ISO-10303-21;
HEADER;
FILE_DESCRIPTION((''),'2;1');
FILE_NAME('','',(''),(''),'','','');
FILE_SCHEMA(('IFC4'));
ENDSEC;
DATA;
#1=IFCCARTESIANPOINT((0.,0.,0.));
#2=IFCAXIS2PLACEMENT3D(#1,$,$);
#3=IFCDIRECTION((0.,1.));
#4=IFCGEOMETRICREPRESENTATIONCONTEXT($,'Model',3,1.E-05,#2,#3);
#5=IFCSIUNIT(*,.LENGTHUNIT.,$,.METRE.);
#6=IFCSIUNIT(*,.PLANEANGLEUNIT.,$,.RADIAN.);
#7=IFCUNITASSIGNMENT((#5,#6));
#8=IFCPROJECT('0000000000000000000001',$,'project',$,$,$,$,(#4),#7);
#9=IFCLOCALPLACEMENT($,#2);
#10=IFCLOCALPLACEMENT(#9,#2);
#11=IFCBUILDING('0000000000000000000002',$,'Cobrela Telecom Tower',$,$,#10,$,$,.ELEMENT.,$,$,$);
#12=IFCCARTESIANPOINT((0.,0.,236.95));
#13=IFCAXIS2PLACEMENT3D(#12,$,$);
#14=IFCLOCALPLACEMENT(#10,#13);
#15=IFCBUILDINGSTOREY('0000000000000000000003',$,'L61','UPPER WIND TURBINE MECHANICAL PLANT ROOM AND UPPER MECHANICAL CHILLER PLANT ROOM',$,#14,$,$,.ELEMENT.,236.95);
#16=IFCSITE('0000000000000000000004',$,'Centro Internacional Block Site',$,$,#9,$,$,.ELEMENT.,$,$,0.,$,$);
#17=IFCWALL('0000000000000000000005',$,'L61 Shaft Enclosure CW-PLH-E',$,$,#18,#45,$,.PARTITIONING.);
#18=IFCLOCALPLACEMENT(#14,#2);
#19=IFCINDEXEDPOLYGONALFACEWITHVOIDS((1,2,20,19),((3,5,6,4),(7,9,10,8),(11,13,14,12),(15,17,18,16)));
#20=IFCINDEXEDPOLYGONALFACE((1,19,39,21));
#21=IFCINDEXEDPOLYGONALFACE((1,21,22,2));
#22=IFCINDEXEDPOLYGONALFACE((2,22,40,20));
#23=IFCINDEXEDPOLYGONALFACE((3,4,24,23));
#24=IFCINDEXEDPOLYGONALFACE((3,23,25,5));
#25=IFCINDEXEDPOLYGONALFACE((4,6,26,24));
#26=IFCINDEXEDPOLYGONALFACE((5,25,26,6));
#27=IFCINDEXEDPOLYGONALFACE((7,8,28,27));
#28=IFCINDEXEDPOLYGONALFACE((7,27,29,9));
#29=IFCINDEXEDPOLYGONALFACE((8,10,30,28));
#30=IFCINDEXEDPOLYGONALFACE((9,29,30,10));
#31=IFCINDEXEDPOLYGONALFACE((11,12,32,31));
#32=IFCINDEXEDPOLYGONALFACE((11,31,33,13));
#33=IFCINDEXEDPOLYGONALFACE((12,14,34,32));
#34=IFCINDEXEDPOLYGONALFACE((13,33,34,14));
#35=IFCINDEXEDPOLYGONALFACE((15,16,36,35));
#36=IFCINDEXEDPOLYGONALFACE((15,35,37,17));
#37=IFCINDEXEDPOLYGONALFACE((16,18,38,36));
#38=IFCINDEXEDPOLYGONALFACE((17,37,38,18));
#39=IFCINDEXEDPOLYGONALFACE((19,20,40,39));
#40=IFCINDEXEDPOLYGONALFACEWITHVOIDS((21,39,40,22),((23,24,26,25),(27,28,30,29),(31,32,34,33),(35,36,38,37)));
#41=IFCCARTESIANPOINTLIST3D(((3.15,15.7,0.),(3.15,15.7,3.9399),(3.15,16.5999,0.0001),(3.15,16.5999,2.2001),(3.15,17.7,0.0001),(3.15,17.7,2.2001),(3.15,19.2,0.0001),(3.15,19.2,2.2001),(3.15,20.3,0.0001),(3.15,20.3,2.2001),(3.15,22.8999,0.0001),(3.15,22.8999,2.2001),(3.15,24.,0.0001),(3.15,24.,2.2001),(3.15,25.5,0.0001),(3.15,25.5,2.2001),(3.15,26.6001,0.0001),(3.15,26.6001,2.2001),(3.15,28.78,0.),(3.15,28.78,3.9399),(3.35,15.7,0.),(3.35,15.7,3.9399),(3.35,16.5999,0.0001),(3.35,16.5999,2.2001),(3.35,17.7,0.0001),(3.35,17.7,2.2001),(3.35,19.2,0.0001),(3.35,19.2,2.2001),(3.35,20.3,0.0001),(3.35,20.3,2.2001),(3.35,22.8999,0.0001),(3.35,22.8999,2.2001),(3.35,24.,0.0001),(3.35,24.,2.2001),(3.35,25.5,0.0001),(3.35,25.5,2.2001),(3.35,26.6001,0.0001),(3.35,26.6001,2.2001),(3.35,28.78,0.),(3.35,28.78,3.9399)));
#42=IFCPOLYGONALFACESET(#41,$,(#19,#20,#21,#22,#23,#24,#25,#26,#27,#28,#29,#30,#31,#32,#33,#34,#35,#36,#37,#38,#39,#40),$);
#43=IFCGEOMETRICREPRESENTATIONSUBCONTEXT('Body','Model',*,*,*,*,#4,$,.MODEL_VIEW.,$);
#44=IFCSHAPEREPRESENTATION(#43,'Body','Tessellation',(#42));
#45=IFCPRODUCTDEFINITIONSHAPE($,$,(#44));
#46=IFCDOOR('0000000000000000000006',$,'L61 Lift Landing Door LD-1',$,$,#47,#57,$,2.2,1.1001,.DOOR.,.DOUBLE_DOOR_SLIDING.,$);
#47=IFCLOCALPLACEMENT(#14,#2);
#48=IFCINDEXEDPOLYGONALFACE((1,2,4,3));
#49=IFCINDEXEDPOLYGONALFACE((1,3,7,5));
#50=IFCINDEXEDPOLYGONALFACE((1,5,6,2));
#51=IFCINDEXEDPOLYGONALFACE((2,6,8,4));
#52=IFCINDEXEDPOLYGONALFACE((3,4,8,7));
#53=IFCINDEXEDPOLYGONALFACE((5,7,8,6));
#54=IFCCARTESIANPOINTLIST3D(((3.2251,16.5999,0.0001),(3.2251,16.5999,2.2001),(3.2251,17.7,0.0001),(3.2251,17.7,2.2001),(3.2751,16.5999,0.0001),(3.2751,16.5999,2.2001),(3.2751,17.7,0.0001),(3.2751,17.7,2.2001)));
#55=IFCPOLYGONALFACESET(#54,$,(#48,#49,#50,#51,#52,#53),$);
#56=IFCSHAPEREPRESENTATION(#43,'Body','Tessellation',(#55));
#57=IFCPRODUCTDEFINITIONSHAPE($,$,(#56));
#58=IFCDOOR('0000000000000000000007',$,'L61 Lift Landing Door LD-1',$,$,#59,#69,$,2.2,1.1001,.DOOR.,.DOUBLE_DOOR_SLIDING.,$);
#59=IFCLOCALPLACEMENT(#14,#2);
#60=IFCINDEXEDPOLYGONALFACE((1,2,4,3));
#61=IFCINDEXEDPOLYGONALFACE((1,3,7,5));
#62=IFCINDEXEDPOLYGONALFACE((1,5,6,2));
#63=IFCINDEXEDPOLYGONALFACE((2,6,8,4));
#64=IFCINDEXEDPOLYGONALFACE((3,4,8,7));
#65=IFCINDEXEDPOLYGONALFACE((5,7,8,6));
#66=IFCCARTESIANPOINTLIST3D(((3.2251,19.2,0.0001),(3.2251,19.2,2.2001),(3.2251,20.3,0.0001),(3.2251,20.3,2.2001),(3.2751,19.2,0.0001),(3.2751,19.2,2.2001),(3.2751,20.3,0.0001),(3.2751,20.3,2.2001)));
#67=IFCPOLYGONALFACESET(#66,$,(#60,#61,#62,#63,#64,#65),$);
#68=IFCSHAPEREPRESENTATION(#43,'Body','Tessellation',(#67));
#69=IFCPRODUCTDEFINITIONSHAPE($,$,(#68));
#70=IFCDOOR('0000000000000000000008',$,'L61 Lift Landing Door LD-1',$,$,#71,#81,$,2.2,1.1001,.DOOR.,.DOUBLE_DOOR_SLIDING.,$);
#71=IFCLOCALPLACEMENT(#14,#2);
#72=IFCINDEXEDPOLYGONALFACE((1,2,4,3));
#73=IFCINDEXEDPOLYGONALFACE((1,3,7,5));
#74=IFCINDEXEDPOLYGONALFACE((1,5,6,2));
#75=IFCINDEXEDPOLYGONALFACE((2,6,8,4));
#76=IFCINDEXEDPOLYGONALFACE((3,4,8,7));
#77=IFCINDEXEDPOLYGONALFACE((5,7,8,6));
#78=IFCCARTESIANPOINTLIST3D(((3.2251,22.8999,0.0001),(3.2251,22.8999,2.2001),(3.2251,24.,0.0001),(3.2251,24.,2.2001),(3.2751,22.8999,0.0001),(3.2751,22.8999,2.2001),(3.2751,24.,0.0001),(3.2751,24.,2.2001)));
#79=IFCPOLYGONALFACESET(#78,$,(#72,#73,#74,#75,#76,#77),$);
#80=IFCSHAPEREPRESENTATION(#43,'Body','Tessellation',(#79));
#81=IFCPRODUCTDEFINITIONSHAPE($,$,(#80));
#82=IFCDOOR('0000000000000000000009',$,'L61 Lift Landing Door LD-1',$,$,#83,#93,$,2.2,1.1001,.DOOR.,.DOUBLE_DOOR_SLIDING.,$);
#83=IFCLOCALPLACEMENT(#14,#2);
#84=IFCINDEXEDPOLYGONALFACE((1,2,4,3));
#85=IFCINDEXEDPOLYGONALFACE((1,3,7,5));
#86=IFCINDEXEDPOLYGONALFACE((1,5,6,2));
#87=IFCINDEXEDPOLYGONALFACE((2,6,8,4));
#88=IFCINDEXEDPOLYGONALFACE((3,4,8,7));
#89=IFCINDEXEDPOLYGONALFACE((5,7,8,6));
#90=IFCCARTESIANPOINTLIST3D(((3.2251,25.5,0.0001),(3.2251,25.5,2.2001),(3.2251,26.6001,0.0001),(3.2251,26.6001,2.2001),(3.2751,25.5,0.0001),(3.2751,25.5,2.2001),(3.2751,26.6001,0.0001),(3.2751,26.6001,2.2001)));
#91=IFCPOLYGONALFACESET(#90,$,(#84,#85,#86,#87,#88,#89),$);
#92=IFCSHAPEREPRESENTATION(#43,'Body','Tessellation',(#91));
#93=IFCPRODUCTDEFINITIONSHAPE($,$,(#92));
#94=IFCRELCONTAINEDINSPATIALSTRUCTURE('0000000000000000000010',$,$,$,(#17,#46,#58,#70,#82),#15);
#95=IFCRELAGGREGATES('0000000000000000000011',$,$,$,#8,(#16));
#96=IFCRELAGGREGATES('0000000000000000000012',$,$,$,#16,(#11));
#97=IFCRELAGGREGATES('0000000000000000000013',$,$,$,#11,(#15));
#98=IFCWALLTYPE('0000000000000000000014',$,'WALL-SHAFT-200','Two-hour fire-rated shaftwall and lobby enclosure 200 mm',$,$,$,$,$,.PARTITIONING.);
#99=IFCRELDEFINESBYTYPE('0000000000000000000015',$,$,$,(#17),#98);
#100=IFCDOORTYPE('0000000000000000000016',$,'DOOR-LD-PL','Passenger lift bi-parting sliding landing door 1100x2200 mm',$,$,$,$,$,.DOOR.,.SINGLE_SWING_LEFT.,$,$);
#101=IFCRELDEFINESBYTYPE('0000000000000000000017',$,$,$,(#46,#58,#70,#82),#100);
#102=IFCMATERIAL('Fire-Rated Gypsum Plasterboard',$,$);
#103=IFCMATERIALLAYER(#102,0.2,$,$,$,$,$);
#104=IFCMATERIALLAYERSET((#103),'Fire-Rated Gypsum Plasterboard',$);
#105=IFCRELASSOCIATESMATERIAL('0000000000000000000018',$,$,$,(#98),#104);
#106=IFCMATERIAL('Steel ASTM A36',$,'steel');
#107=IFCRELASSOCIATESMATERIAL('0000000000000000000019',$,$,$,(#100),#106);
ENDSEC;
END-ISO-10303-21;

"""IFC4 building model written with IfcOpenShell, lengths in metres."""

from ifc_helpers import new_model, si_unit, direction, frame, frame_2d, origin, place, context, subcontext, project, spatial, rectangle, extrude, material, layer, layer_set, type_object, element, fill, save


model = new_model("IFC4")

# Units and contexts
model_context = context("Model", 3, precision=1e-05, world=origin(), true_north=direction((0.0, 1.0)))
body_context = subcontext(model_context, "Body", "Model", "MODEL_VIEW")
ifc_project = project(units=[si_unit("LENGTHUNIT", "METRE"), si_unit("PLANEANGLEUNIT", "RADIAN")], contexts=[model_context])

# Site, building, storey
site_placement = place(None, origin())
site = spatial("IfcSite", under=ifc_project, at=site_placement, Name="Centro Internacional Block Site", CompositionType="ELEMENT", RefElevation=0.0)
building_placement = place(site_placement, origin())
building = spatial("IfcBuilding", under=site, at=building_placement, Name="Cobrela Telecom Tower", CompositionType="ELEMENT")
storey_placement = place(building_placement, frame((0.0, 0.0, 236.95)))
storey = spatial("IfcBuildingStorey", under=building, at=storey_placement, Name="L61", Description="UPPER WIND TURBINE MECHANICAL PLANT ROOM AND UPPER MECHANICAL CHILLER PLANT ROOM", CompositionType="ELEMENT", Elevation=236.95)

# Shared definitions
ifc_material_1 = material(Name="Fire-Rated Gypsum Plasterboard")

# Shared definitions
ifc_layer_1 = layer(ifc_material_1, 0.2)
ifc_layer_set_1 = layer_set([ifc_layer_1], Name="Fire-Rated Gypsum Plasterboard")
wall_type_1 = type_object("IfcWallType", Name="WALL-SHAFT-200", Description="Two-hour fire-rated shaftwall and lobby enclosure 200 mm", PredefinedType="PARTITIONING", material=ifc_layer_set_1)

# Wall, openings, doors
wall_1_placement = place(storey_placement, frame((3.25, 15.7, 0.0), z_axis=(0.0, 0.0, 1.0), x_axis=(0.0, 1.0, 0.0)))
wall_1 = element("IfcWall", 1, at=wall_1_placement, inside=storey, type_object=wall_type_1, Name="L61 Shaft Enclosure CW-PLH-E", PredefinedType="PARTITIONING", context=body_context, shape_type="SweptSolid", body=[
    extrude(rectangle(XDim=13.0801, YDim=0.2, at=frame_2d((6.54, 0.0))), origin(), (0.0, 0.0, 1.0), 3.9399),
])
opening_1_placement = place(wall_1_placement, frame((0.8999, 0.0, 0.0)))
opening_1 = element("IfcOpeningElement", 2, at=opening_1_placement, cuts=wall_1, PredefinedType="OPENING", context=body_context, shape_type="SweptSolid", body=[
    extrude(rectangle(XDim=1.1001, YDim=2.2, at=frame_2d((0.55, 1.1001))), frame((0.0, 0.1118, 0.0), z_axis=(0.0, -1.0, 0.0), x_axis=(1.0, 0.0, 0.0)), (0.0, 0.0, 1.0), 0.2239),
])
opening_2_placement = place(wall_1_placement, frame((3.5, 0.0, 0.0)))
opening_2 = element("IfcOpeningElement", 3, at=opening_2_placement, cuts=wall_1, PredefinedType="OPENING", context=body_context, shape_type="SweptSolid", body=[
    extrude(rectangle(XDim=1.1001, YDim=2.2, at=frame_2d((0.55, 1.1001))), frame((0.0, 0.1118, 0.0), z_axis=(0.0, -1.0, 0.0), x_axis=(1.0, 0.0, 0.0)), (0.0, 0.0, 1.0), 0.2239),
])
opening_3_placement = place(wall_1_placement, frame((7.2, 0.0, 0.0)))
opening_3 = element("IfcOpeningElement", 4, at=opening_3_placement, cuts=wall_1, PredefinedType="OPENING", context=body_context, shape_type="SweptSolid", body=[
    extrude(rectangle(XDim=1.1001, YDim=2.2, at=frame_2d((0.55, 1.1001))), frame((0.0, 0.1118, 0.0), z_axis=(0.0, -1.0, 0.0), x_axis=(1.0, 0.0, 0.0)), (0.0, 0.0, 1.0), 0.2239),
])
opening_4_placement = place(wall_1_placement, frame((9.8, 0.0, 0.0)))
opening_4 = element("IfcOpeningElement", 5, at=opening_4_placement, cuts=wall_1, PredefinedType="OPENING", context=body_context, shape_type="SweptSolid", body=[
    extrude(rectangle(XDim=1.1001, YDim=2.2, at=frame_2d((0.55, 1.1001))), frame((0.0, 0.1118, 0.0), z_axis=(0.0, -1.0, 0.0), x_axis=(1.0, 0.0, 0.0)), (0.0, 0.0, 1.0), 0.2239),
])
ifc_material_2 = material(Name="Steel ASTM A36", Category="steel")
door_type_1 = type_object("IfcDoorType", Name="DOOR-LD-PL", Description="Passenger lift bi-parting sliding landing door 1100x2200 mm", OperationType="SINGLE_SWING_LEFT", PredefinedType="DOOR", material=ifc_material_2)
door_1_placement = place(opening_1_placement, origin())
door_1 = element("IfcDoor", 6, at=door_1_placement, inside=storey, type_object=door_type_1, Name="L61 Lift Landing Door LD-1", OperationType="DOUBLE_DOOR_SLIDING", OverallHeight=2.2, OverallWidth=1.1001, PredefinedType="DOOR", context=body_context, shape_type="SweptSolid", body=[
    extrude(rectangle(XDim=1.1001, YDim=2.2, at=frame_2d((0.55, 1.1001))), frame((0.0, 0.0249, 0.0), z_axis=(0.0, -1.0, 0.0), x_axis=(1.0, 0.0, 0.0)), (0.0, 0.0, 1.0), 0.05),
])
fill(opening_1, door_1)
door_2_placement = place(opening_2_placement, origin())
door_2 = element("IfcDoor", 7, at=door_2_placement, inside=storey, type_object=door_type_1, Name="L61 Lift Landing Door LD-1", OperationType="DOUBLE_DOOR_SLIDING", OverallHeight=2.2, OverallWidth=1.1001, PredefinedType="DOOR", context=body_context, shape_type="SweptSolid", body=[
    extrude(rectangle(XDim=1.1001, YDim=2.2, at=frame_2d((0.55, 1.1001))), frame((0.0, 0.0249, 0.0), z_axis=(0.0, -1.0, 0.0), x_axis=(1.0, 0.0, 0.0)), (0.0, 0.0, 1.0), 0.05),
])
fill(opening_2, door_2)
door_3_placement = place(opening_3_placement, origin())
door_3 = element("IfcDoor", 8, at=door_3_placement, inside=storey, type_object=door_type_1, Name="L61 Lift Landing Door LD-1", OperationType="DOUBLE_DOOR_SLIDING", OverallHeight=2.2, OverallWidth=1.1001, PredefinedType="DOOR", context=body_context, shape_type="SweptSolid", body=[
    extrude(rectangle(XDim=1.1001, YDim=2.2, at=frame_2d((0.55, 1.1001))), frame((0.0, 0.0249, 0.0), z_axis=(0.0, -1.0, 0.0), x_axis=(1.0, 0.0, 0.0)), (0.0, 0.0, 1.0), 0.05),
])
fill(opening_3, door_3)
door_4_placement = place(opening_4_placement, origin())
door_4 = element("IfcDoor", 9, at=door_4_placement, inside=storey, type_object=door_type_1, Name="L61 Lift Landing Door LD-1", OperationType="DOUBLE_DOOR_SLIDING", OverallHeight=2.2, OverallWidth=1.1001, PredefinedType="DOOR", context=body_context, shape_type="SweptSolid", body=[
    extrude(rectangle(XDim=1.1001, YDim=2.2, at=frame_2d((0.55, 1.1001))), frame((0.0, 0.0249, 0.0), z_axis=(0.0, -1.0, 0.0), x_axis=(1.0, 0.0, 0.0)), (0.0, 0.0, 1.0), 0.05),
])
fill(opening_4, door_4)

save(model, "model.ifc")
